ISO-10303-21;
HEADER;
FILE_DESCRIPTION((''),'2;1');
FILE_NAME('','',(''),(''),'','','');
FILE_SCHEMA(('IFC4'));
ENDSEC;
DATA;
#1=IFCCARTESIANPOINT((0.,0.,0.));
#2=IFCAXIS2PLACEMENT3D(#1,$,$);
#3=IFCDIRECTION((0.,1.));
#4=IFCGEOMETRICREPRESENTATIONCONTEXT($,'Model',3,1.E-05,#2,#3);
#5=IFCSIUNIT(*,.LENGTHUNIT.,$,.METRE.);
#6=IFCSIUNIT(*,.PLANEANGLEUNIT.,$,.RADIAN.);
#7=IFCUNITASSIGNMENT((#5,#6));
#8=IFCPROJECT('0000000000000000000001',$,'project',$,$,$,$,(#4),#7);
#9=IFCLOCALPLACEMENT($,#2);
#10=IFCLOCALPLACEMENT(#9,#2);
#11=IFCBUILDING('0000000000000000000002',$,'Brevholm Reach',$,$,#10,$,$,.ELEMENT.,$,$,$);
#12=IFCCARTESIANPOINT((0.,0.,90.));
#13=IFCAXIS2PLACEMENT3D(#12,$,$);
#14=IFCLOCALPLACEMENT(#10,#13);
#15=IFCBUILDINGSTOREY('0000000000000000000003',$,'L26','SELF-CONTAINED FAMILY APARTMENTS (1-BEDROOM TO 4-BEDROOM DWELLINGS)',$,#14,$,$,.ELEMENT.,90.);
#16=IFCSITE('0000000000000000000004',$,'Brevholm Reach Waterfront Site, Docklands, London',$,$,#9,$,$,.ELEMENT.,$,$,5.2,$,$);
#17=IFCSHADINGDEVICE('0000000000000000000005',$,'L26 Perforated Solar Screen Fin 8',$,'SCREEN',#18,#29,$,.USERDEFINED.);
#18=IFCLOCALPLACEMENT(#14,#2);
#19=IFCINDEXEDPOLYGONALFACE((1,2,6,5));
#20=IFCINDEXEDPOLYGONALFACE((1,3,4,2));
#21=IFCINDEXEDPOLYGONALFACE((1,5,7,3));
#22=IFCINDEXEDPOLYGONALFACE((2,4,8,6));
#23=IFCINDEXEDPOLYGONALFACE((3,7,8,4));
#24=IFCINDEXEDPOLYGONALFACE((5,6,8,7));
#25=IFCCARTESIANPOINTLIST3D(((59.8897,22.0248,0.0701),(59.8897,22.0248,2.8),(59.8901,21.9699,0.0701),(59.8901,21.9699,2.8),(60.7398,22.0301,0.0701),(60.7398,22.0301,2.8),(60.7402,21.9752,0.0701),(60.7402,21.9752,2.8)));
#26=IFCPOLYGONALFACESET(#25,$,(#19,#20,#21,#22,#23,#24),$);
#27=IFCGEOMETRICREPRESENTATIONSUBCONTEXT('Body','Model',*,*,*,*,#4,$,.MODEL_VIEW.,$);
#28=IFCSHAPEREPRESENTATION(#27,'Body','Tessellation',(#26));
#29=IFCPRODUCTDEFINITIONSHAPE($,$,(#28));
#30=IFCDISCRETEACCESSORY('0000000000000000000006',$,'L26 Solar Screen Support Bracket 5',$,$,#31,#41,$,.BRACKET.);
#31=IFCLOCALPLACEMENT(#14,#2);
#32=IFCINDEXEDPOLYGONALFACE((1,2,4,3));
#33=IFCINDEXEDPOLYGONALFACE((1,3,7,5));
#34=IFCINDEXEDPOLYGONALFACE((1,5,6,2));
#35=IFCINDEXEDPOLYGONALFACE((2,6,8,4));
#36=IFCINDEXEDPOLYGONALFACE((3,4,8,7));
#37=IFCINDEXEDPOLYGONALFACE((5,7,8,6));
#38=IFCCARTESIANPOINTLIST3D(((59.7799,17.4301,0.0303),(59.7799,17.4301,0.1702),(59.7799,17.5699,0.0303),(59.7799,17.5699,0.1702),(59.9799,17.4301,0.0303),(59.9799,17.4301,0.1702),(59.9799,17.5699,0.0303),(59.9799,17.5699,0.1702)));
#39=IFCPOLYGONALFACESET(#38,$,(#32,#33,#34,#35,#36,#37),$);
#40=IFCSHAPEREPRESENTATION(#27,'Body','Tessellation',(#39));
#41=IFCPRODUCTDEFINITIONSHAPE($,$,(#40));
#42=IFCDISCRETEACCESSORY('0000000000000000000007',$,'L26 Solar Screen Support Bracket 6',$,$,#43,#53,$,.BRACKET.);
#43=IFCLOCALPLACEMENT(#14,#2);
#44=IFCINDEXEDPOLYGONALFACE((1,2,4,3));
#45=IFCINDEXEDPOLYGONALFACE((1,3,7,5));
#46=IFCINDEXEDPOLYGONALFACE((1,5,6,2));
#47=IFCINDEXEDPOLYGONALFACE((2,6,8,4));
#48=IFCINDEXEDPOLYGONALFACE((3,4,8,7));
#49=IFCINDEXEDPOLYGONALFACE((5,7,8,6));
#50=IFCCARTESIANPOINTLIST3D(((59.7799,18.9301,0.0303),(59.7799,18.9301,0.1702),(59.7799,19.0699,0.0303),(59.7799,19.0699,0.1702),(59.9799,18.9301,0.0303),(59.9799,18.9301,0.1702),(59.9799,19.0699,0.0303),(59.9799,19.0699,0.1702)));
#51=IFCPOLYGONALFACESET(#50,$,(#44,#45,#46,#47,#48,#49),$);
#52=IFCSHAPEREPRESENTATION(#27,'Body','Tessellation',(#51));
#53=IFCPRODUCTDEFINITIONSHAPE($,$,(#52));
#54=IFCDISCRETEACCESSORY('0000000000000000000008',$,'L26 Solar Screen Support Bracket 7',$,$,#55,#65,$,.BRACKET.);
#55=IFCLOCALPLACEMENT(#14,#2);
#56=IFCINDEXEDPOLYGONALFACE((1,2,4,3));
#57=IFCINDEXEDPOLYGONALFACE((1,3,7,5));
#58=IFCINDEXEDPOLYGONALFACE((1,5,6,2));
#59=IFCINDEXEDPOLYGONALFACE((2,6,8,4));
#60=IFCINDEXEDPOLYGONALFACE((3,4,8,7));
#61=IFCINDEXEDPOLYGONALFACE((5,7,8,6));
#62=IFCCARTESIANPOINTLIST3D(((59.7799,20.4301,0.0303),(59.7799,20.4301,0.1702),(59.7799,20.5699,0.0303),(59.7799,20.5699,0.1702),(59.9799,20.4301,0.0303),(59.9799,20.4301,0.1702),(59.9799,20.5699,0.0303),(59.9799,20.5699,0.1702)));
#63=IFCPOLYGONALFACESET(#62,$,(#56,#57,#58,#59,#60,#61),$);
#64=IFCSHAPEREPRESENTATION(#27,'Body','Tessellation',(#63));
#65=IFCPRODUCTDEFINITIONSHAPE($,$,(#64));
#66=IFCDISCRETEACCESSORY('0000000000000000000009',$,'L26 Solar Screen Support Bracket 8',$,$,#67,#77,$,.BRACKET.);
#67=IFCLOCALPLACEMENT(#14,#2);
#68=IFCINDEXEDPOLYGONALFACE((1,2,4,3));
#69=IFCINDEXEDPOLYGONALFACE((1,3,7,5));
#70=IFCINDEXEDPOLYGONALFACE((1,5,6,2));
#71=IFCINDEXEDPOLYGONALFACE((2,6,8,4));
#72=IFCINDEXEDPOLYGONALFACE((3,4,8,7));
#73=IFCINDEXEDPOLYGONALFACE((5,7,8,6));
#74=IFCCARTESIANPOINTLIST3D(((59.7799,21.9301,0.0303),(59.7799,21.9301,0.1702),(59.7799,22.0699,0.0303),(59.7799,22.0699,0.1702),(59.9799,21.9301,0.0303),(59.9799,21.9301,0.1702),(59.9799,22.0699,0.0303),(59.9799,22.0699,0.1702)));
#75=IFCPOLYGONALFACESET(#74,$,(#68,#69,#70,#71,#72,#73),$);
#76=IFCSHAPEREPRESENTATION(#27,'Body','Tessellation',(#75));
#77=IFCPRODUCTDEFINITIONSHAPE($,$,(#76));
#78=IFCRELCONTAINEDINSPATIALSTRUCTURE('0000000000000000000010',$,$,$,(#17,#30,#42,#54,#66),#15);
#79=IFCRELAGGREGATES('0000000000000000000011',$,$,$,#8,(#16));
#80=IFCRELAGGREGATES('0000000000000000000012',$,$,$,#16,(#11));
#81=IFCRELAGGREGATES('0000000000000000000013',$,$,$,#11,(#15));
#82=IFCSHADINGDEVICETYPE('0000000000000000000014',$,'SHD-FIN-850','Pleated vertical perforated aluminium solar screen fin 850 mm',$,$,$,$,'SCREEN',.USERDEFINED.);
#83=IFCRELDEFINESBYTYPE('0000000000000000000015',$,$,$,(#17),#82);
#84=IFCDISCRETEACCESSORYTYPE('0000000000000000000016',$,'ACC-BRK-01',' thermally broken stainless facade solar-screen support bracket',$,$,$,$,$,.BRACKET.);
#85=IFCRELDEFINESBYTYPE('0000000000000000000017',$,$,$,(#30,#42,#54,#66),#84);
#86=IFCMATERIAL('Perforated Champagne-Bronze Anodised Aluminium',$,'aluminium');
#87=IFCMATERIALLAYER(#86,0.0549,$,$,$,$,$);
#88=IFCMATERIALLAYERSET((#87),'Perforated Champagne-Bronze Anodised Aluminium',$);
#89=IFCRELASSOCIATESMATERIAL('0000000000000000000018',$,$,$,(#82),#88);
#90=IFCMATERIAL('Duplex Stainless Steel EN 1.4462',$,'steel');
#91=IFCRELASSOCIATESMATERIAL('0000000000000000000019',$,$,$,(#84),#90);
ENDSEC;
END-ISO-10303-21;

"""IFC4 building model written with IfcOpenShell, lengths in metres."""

from ifc_helpers import new_model, si_unit, direction, frame, origin, origin_2d, place, context, subcontext, project, spatial, rectangle, extrude, material, layer, layer_set, type_object, element, save


model = new_model("IFC4")

# Units and contexts
model_context = context("Model", 3, precision=1e-05, world=origin(), true_north=direction((0.0, 1.0)))
body_context = subcontext(model_context, "Body", "Model", "MODEL_VIEW")
ifc_project = project(units=[si_unit("LENGTHUNIT", "METRE"), si_unit("PLANEANGLEUNIT", "RADIAN")], contexts=[model_context])

# Site, building, storey
site_placement = place(None, origin())
site = spatial("IfcSite", under=ifc_project, at=site_placement, Name="Brevholm Reach Waterfront Site, Docklands, London", CompositionType="ELEMENT", RefElevation=5.2)
building_placement = place(site_placement, origin())
building = spatial("IfcBuilding", under=site, at=building_placement, Name="Brevholm Reach", CompositionType="ELEMENT")
storey_placement = place(building_placement, frame((0.0, 0.0, 90.0)))
storey = spatial("IfcBuildingStorey", under=building, at=storey_placement, Name="L26", Description="SELF-CONTAINED FAMILY APARTMENTS (1-BEDROOM TO 4-BEDROOM DWELLINGS)", CompositionType="ELEMENT", Elevation=90.0)

# Shading device
ifc_material_1 = material(Name="Perforated Champagne-Bronze Anodised Aluminium", Category="aluminium")
ifc_layer_1 = layer(ifc_material_1, 0.0549)
ifc_layer_set_1 = layer_set([ifc_layer_1], Name="Perforated Champagne-Bronze Anodised Aluminium")
shading_device_type = type_object("IfcShadingDeviceType", Name="SHD-FIN-850", Description="Pleated vertical perforated aluminium solar screen fin 850 mm", ElementType="SCREEN", PredefinedType="USERDEFINED", material=ifc_layer_set_1)
for number, where, z_axis, x_axis, name in (
    (1, (60.3149, 22.0, 0.0701), (0.0, 0.0, 1.0), (0.999981, 0.006161, 0.0), "L26 Perforated Solar Screen Fin 8"),
):
    element("IfcShadingDevice", number, at=place(storey_placement, frame(where, z_axis=z_axis, x_axis=x_axis)), inside=storey, type_object=shading_device_type, Name=name, ObjectType="SCREEN", PredefinedType="USERDEFINED", context=body_context, shape_type="SweptSolid", body=[
        extrude(rectangle(XDim=0.8501, YDim=0.0549, at=origin_2d()), origin(), (0.0, 0.0, 1.0), 2.73),
    ])

# Discrete accessories
ifc_material_2 = material(Name="Duplex Stainless Steel EN 1.4462", Category="steel")
discrete_accessory_type = type_object("IfcDiscreteAccessoryType", Name="ACC-BRK-01", Description=" thermally broken stainless facade solar-screen support bracket", PredefinedType="BRACKET", material=ifc_material_2)
for number, where, z_axis, x_axis, name in (
    (2, (59.8799, 17.5, 0.0303), (0.0, 0.0, 1.0), (1.0, 0.0, 0.0), "L26 Solar Screen Support Bracket 5"),
    (3, (59.8799, 19.0, 0.0303), (0.0, 0.0, 1.0), (1.0, 0.0, 0.0), "L26 Solar Screen Support Bracket 6"),
    (4, (59.8799, 20.5, 0.0303), (0.0, 0.0, 1.0), (1.0, 0.0, 0.0), "L26 Solar Screen Support Bracket 7"),
    (5, (59.8799, 22.0, 0.0303), (0.0, 0.0, 1.0), (1.0, 0.0, 0.0), "L26 Solar Screen Support Bracket 8"),
):
    element("IfcDiscreteAccessory", number, at=place(storey_placement, frame(where, z_axis=z_axis, x_axis=x_axis)), inside=storey, type_object=discrete_accessory_type, Name=name, PredefinedType="BRACKET", context=body_context, shape_type="SweptSolid", body=[
        extrude(rectangle(XDim=0.2, YDim=0.1399, at=origin_2d()), origin(), (0.0, 0.0, 1.0), 0.1399),
    ])

save(model, "model.ifc")
